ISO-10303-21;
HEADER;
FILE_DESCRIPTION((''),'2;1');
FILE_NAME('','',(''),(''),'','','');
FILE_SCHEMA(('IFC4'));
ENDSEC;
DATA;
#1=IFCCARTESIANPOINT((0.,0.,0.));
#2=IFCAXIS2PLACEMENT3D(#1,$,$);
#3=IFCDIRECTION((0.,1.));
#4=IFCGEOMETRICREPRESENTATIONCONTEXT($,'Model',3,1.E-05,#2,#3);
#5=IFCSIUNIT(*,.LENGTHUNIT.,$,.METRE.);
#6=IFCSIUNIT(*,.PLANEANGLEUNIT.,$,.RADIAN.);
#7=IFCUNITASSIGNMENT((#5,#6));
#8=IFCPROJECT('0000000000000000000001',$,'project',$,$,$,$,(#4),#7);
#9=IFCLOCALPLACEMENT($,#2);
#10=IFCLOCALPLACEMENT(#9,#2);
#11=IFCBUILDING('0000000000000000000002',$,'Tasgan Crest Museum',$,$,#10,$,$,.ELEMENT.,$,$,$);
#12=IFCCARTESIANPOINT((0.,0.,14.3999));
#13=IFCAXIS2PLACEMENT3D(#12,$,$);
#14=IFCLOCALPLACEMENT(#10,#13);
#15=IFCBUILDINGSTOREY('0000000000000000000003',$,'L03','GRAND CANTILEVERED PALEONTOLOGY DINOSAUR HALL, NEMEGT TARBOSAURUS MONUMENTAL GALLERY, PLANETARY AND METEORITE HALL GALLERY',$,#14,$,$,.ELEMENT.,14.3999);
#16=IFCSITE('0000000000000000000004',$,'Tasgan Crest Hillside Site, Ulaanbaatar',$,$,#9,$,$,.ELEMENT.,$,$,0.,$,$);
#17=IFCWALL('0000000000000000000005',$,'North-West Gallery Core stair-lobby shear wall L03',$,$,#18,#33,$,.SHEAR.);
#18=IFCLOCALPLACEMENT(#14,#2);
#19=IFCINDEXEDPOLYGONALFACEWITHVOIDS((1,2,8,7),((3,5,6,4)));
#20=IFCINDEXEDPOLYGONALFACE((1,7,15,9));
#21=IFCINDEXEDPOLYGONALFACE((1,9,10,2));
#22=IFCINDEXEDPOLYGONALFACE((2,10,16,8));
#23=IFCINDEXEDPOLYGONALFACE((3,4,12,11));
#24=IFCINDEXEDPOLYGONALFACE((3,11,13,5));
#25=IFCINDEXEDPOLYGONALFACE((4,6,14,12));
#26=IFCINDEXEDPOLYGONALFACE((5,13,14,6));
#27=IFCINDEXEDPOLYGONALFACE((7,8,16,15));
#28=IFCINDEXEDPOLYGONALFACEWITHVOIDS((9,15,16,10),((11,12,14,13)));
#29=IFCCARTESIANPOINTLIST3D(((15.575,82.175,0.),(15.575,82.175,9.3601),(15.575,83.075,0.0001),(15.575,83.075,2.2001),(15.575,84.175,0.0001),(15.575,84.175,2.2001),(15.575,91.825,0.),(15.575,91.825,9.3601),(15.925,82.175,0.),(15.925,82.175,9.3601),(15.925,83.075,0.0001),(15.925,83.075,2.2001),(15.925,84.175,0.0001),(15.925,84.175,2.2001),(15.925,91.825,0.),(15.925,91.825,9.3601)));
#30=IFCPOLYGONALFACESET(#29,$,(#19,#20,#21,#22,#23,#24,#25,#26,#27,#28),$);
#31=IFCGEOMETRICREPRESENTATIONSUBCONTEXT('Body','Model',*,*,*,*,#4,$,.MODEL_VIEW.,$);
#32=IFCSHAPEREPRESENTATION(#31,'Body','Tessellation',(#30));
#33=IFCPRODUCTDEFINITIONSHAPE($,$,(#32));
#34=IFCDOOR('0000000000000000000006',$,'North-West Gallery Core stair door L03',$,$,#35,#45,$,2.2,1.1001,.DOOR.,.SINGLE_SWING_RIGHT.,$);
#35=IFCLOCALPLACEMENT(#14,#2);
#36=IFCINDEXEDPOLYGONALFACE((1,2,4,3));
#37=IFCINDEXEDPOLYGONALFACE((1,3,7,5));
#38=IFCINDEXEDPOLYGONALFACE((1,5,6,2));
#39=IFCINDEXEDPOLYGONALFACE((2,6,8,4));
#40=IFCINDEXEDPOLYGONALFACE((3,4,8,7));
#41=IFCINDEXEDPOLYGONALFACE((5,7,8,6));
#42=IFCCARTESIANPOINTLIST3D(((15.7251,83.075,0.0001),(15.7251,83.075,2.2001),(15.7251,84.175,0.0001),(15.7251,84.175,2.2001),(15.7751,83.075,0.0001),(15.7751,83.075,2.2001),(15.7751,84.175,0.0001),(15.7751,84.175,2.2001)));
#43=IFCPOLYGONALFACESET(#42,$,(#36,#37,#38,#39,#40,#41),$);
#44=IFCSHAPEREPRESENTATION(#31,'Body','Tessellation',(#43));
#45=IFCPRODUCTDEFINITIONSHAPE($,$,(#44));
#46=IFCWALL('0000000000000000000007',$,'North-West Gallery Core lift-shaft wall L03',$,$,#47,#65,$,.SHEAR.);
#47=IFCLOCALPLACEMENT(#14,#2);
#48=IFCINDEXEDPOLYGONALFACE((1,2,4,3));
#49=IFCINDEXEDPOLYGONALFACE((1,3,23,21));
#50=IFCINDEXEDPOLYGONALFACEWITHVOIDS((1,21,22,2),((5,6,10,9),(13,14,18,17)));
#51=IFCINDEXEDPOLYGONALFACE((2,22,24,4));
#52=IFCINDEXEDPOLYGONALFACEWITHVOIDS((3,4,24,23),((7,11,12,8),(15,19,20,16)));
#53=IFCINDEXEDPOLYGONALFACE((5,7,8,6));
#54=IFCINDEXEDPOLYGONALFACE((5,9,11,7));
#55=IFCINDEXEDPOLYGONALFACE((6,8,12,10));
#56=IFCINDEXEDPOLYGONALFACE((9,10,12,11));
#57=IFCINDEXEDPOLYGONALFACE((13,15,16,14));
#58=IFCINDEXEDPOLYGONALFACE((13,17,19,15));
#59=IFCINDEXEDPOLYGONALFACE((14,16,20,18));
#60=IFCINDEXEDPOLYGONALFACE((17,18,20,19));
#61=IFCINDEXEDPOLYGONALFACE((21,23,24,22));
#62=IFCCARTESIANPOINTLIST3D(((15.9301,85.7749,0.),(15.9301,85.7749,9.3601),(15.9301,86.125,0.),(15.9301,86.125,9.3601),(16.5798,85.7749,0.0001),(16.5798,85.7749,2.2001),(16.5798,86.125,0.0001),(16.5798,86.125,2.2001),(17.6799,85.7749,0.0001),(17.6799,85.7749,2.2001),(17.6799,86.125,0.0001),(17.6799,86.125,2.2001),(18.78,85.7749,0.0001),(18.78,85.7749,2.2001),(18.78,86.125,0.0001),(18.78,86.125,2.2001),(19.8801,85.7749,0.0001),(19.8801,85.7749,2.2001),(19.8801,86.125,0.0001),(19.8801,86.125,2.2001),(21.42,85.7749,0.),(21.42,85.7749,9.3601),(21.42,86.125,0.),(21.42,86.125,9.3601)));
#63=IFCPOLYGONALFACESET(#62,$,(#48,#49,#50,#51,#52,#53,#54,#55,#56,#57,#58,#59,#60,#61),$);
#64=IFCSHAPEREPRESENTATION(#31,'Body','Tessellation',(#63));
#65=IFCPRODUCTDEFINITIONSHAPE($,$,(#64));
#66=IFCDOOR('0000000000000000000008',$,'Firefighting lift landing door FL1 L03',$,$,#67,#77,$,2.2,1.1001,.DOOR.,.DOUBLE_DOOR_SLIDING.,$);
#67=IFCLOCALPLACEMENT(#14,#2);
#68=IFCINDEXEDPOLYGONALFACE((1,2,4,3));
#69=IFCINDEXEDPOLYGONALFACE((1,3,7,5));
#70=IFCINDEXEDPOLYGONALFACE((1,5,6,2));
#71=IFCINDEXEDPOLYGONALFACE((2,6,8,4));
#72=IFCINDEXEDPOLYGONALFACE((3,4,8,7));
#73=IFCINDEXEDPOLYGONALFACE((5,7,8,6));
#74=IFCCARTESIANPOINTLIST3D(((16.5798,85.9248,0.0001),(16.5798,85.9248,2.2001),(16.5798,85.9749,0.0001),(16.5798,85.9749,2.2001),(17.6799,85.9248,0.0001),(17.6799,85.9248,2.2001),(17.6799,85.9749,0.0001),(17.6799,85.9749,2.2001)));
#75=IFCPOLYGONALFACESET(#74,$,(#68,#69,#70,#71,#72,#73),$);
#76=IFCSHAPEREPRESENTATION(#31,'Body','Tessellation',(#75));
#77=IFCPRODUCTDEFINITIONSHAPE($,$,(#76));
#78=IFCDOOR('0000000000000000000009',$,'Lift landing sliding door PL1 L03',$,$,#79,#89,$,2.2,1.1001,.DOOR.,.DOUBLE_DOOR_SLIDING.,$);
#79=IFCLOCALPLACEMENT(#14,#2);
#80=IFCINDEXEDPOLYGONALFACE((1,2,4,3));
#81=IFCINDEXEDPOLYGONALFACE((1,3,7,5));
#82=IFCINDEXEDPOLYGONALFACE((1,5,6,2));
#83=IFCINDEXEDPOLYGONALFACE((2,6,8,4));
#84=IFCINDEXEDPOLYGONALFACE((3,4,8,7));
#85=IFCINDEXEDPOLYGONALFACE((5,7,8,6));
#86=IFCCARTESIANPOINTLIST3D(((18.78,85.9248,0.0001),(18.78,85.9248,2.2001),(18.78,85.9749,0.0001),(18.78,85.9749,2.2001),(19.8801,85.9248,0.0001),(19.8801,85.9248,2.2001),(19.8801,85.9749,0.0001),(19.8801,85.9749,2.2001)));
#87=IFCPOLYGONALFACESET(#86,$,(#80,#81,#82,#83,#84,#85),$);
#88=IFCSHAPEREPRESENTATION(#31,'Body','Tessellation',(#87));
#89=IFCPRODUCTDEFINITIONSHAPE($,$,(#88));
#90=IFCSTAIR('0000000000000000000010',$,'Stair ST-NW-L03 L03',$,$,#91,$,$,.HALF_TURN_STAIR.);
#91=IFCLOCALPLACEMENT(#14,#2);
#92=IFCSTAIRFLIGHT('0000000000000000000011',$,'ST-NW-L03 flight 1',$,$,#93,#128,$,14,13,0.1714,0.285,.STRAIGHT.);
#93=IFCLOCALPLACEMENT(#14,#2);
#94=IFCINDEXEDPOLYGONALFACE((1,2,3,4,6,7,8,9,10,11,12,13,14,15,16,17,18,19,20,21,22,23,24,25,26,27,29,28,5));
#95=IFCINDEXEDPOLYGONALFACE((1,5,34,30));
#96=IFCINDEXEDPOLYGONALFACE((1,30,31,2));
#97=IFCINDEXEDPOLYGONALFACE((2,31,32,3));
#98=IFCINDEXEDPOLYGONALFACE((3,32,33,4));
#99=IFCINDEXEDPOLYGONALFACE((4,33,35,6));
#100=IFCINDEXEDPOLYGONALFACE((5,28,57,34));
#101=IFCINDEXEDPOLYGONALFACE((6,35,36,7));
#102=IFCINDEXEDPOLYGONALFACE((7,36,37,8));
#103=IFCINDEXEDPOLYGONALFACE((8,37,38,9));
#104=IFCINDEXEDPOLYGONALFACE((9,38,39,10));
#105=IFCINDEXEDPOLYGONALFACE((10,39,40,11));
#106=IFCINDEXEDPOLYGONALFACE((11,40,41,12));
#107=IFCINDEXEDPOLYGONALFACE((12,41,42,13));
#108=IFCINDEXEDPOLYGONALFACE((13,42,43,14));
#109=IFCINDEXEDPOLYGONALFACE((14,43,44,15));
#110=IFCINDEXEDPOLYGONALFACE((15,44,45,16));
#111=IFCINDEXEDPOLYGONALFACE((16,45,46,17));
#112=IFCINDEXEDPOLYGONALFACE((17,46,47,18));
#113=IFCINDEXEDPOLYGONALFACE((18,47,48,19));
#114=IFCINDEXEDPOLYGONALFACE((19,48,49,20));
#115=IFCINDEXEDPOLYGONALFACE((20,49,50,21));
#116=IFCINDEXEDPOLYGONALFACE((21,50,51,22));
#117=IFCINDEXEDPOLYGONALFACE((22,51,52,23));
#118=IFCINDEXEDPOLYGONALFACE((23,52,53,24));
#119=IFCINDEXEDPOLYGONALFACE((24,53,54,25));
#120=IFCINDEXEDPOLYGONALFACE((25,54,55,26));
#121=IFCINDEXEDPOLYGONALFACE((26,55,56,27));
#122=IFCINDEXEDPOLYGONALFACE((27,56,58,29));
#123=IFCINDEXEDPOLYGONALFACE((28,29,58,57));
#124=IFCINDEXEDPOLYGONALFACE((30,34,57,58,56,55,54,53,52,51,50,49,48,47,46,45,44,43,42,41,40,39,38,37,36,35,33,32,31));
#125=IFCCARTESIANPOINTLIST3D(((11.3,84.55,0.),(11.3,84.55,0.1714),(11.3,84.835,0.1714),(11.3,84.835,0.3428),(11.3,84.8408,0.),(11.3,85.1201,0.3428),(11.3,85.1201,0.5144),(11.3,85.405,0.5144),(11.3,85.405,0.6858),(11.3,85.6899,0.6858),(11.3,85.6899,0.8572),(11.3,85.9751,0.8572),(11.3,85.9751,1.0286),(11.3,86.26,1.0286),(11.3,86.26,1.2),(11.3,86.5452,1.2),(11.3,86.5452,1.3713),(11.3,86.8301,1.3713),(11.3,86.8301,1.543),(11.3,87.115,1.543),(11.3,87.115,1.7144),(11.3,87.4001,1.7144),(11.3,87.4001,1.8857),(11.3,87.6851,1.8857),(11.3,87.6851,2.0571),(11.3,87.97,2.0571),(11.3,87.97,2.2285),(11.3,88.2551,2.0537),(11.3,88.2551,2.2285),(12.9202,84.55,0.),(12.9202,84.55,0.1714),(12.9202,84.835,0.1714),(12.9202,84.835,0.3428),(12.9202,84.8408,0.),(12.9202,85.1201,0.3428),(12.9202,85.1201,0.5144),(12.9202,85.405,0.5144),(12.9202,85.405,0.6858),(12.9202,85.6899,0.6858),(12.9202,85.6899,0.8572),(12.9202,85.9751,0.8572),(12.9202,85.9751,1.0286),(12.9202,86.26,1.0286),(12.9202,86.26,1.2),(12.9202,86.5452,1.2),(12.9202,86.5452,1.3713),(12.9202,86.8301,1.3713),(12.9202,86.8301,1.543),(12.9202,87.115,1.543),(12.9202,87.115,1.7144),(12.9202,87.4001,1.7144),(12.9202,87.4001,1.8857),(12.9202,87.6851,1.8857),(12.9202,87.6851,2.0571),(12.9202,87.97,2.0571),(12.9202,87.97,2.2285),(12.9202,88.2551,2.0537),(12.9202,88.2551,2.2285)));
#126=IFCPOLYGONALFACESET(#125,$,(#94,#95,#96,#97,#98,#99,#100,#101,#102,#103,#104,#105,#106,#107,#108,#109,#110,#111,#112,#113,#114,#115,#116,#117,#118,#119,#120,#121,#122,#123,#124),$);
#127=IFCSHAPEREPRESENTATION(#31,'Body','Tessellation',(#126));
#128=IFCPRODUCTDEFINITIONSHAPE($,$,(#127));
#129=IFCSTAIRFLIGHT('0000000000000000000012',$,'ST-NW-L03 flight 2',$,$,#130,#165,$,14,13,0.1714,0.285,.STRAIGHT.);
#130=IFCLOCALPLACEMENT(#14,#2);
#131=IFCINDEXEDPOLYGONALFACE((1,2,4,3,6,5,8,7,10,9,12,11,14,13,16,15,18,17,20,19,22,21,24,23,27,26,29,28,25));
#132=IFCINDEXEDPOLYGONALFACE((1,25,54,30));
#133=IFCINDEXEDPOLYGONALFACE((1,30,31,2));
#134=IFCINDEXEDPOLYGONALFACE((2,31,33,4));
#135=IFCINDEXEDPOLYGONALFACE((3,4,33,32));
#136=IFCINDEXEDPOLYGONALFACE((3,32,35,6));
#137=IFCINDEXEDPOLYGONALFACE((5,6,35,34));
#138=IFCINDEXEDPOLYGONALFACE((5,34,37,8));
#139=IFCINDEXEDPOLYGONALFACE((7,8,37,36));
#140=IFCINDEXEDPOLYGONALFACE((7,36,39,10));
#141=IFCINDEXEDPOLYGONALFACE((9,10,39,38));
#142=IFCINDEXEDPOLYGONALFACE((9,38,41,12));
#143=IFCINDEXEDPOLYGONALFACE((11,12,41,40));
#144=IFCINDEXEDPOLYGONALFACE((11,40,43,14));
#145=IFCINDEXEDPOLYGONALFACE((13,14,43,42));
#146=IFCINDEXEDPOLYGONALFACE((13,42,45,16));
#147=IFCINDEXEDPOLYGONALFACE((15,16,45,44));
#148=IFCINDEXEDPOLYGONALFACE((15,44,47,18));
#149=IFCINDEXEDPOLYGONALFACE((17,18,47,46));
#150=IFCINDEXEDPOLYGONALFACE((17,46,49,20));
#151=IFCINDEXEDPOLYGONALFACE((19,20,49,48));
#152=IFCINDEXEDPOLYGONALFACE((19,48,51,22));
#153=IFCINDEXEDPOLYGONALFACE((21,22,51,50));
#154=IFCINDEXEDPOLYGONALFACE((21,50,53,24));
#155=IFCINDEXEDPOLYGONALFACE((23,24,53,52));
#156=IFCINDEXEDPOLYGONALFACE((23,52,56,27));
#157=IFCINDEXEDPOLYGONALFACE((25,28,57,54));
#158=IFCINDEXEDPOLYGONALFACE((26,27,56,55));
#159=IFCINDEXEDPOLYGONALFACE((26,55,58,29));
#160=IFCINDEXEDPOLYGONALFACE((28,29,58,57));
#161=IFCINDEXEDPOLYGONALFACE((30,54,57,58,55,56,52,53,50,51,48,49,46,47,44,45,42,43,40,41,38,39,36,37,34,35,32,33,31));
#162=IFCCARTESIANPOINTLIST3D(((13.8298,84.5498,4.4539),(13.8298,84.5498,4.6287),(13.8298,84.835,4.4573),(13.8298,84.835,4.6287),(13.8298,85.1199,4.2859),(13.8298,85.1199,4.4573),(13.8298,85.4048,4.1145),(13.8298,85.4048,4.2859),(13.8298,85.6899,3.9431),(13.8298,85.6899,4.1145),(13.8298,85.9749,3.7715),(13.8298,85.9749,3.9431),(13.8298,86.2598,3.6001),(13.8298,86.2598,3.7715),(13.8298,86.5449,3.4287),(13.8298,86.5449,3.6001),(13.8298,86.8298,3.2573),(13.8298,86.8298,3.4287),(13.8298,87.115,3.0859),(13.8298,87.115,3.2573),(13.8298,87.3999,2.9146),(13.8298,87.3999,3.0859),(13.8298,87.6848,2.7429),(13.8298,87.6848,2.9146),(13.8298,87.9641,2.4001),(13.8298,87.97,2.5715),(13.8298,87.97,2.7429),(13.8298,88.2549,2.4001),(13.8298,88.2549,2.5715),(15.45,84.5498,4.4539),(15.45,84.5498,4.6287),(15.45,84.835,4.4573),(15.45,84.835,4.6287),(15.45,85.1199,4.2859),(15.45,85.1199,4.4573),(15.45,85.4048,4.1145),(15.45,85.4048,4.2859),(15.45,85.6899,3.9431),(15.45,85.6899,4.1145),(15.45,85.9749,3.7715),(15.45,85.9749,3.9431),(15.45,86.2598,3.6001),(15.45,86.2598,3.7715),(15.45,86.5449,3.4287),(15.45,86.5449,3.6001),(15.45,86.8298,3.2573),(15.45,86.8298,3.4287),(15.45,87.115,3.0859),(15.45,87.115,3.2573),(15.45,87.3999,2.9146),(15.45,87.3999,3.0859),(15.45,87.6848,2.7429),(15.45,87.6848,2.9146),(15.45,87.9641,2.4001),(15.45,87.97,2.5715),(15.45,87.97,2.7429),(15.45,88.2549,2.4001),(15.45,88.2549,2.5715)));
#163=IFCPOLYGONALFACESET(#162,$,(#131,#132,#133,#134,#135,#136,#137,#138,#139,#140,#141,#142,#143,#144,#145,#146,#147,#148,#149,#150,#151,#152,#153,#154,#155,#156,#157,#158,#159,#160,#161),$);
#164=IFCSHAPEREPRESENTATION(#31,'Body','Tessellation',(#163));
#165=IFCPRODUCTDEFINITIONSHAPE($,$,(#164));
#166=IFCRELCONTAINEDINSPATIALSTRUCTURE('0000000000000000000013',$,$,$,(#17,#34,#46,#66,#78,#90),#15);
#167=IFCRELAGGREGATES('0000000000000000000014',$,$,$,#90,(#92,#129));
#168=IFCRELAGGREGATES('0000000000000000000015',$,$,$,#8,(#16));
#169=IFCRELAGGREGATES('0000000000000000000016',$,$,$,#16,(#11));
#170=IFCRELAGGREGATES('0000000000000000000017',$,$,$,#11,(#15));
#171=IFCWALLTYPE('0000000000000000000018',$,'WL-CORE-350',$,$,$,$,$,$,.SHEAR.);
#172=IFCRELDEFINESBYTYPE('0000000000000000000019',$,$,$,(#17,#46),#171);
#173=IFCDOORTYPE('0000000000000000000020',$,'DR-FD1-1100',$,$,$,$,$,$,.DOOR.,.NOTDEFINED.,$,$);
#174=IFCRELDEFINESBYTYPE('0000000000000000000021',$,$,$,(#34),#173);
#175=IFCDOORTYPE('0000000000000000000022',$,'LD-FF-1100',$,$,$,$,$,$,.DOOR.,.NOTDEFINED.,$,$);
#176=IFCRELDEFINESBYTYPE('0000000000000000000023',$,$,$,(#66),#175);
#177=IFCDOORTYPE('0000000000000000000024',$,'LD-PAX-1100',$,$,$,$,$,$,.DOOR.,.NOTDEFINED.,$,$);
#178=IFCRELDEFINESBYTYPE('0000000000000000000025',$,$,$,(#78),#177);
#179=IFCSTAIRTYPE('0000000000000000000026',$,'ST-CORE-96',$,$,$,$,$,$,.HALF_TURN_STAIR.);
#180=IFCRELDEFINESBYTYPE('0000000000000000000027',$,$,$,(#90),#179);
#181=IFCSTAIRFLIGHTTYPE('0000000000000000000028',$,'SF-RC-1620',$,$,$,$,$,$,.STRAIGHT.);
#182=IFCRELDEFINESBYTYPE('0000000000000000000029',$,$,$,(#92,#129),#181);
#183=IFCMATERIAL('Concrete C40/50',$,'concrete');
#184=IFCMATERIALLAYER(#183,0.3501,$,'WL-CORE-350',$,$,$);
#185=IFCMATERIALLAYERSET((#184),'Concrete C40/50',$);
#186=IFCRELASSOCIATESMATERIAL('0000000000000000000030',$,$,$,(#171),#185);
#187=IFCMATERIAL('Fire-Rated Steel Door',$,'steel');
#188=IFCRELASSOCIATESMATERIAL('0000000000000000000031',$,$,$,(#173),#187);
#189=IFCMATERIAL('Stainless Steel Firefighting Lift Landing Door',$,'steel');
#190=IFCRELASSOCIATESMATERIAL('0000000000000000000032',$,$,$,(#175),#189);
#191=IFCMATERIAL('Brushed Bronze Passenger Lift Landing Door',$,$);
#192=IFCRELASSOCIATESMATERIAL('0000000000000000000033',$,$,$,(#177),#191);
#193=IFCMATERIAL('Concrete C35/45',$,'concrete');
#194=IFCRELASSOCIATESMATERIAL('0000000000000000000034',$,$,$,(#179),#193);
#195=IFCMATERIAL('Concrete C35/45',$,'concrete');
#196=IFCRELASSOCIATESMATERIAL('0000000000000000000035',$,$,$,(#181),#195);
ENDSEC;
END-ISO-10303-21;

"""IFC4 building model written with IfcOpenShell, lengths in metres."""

from ifc_helpers import new_model, si_unit, direction, frame, frame_2d, origin, place, context, subcontext, project, spatial, polyline, rectangle, outline, extrude, material, layer, layer_set, type_object, element, fill, aggregate, save


model = new_model("IFC4")

# Units and contexts
model_context = context("Model", 3, precision=1e-05, world=origin(), true_north=direction((0.0, 1.0)))
body_context = subcontext(model_context, "Body", "Model", "MODEL_VIEW")
ifc_project = project(units=[si_unit("LENGTHUNIT", "METRE"), si_unit("PLANEANGLEUNIT", "RADIAN")], contexts=[model_context])

# Site, building, storey
site_placement = place(None, origin())
site = spatial("IfcSite", under=ifc_project, at=site_placement, Name="Tasgan Crest Hillside Site, Ulaanbaatar", CompositionType="ELEMENT", RefElevation=0.0)
building_placement = place(site_placement, origin())
building = spatial("IfcBuilding", under=site, at=building_placement, Name="Tasgan Crest Museum", CompositionType="ELEMENT")
storey_placement = place(building_placement, frame((0.0, 0.0, 14.3999)))
storey = spatial("IfcBuildingStorey", under=building, at=storey_placement, Name="L03", Description="GRAND CANTILEVERED PALEONTOLOGY DINOSAUR HALL, NEMEGT TARBOSAURUS MONUMENTAL GALLERY, PLANETARY AND METEORITE HALL GALLERY", CompositionType="ELEMENT", Elevation=14.3999)

# Shared definitions
ifc_material_1 = material(Name="Concrete C40/50", Category="concrete")
ifc_layer = layer(ifc_material_1, 0.3501, Name="WL-CORE-350")
ifc_layer_set = layer_set([ifc_layer], Name="Concrete C40/50")
wall_type = type_object("IfcWallType", Name="WL-CORE-350", PredefinedType="SHEAR", material=ifc_layer_set)

# Wall, opening, door
wall_1_placement = place(storey_placement, frame((15.75, 82.175, 0.0), z_axis=(0.0, 0.0, 1.0), x_axis=(0.0, 1.0, 0.0)))
wall_1 = element("IfcWall", 1, at=wall_1_placement, inside=storey, type_object=wall_type, Name="North-West Gallery Core stair-lobby shear wall L03", PredefinedType="SHEAR", context=body_context, shape_type="SweptSolid", body=[
    extrude(rectangle(XDim=9.6499, YDim=0.3501, at=frame_2d((4.825, 0.0))), origin(), (0.0, 0.0, 1.0), 9.3601),
])
opening_1_placement = place(wall_1_placement, frame((0.8999, 0.0, 0.0)))
opening_1 = element("IfcOpeningElement", 2, at=opening_1_placement, cuts=wall_1, PredefinedType="OPENING", context=body_context, shape_type="SweptSolid", body=[
    extrude(rectangle(XDim=1.1001, YDim=2.2, at=frame_2d((0.55, 1.1001))), frame((0.0, 0.1851, 0.0), z_axis=(0.0, -1.0, 0.0), x_axis=(1.0, 0.0, 0.0)), (0.0, 0.0, 1.0), 0.3701),
])
ifc_material_2 = material(Name="Fire-Rated Steel Door", Category="steel")
door_type_1 = type_object("IfcDoorType", Name="DR-FD1-1100", OperationType="NOTDEFINED", PredefinedType="DOOR", material=ifc_material_2)
door_1_placement = place(opening_1_placement, origin())
door_1 = element("IfcDoor", 3, at=door_1_placement, inside=storey, type_object=door_type_1, Name="North-West Gallery Core stair door L03", OperationType="SINGLE_SWING_RIGHT", OverallHeight=2.2, OverallWidth=1.1001, PredefinedType="DOOR", context=body_context, shape_type="SweptSolid", body=[
    extrude(rectangle(XDim=1.1001, YDim=2.2, at=frame_2d((0.55, 1.1001))), frame((0.0, 0.0249, 0.0), z_axis=(0.0, -1.0, 0.0), x_axis=(1.0, 0.0, 0.0)), (0.0, 0.0, 1.0), 0.05),
])
fill(opening_1, door_1)

# Wall, openings, doors
wall_2_placement = place(storey_placement, frame((15.9299, 85.95, 0.0), z_axis=(0.0, 0.0, 1.0), x_axis=(1.0, 0.0, 0.0)))
wall_2 = element("IfcWall", 4, at=wall_2_placement, inside=storey, type_object=wall_type, Name="North-West Gallery Core lift-shaft wall L03", PredefinedType="SHEAR", context=body_context, shape_type="SweptSolid", body=[
    extrude(rectangle(XDim=5.49, YDim=0.3501, at=frame_2d((2.7451, 0.0))), origin(), (0.0, 0.0, 1.0), 9.3601),
])
opening_2_placement = place(wall_2_placement, frame((0.6499, 0.0, 0.0)))
opening_2 = element("IfcOpeningElement", 5, at=opening_2_placement, cuts=wall_2, PredefinedType="OPENING", context=body_context, shape_type="SweptSolid", body=[
    extrude(rectangle(XDim=1.1001, YDim=2.2, at=frame_2d((0.55, 1.1001))), frame((0.0, 0.1851, 0.0), z_axis=(0.0, -1.0, 0.0), x_axis=(1.0, 0.0, 0.0)), (0.0, 0.0, 1.0), 0.3701),
])
opening_3_placement = place(wall_2_placement, frame((2.8501, 0.0, 0.0)))
opening_3 = element("IfcOpeningElement", 6, at=opening_3_placement, cuts=wall_2, PredefinedType="OPENING", context=body_context, shape_type="SweptSolid", body=[
    extrude(rectangle(XDim=1.1001, YDim=2.2, at=frame_2d((0.55, 1.1001))), frame((0.0, 0.1851, 0.0), z_axis=(0.0, -1.0, 0.0), x_axis=(1.0, 0.0, 0.0)), (0.0, 0.0, 1.0), 0.3701),
])
ifc_material_3 = material(Name="Stainless Steel Firefighting Lift Landing Door", Category="steel")
door_type_2 = type_object("IfcDoorType", Name="LD-FF-1100", OperationType="NOTDEFINED", PredefinedType="DOOR", material=ifc_material_3)
door_2_placement = place(opening_2_placement, origin())
door_2 = element("IfcDoor", 7, at=door_2_placement, inside=storey, type_object=door_type_2, Name="Firefighting lift landing door FL1 L03", OperationType="DOUBLE_DOOR_SLIDING", OverallHeight=2.2, OverallWidth=1.1001, PredefinedType="DOOR", context=body_context, shape_type="SweptSolid", body=[
    extrude(rectangle(XDim=1.1001, YDim=2.2, at=frame_2d((0.55, 1.1001))), frame((0.0, 0.0249, 0.0), z_axis=(0.0, -1.0, 0.0), x_axis=(1.0, 0.0, 0.0)), (0.0, 0.0, 1.0), 0.05),
])
fill(opening_2, door_2)
ifc_material_4 = material(Name="Brushed Bronze Passenger Lift Landing Door")
door_type_3 = type_object("IfcDoorType", Name="LD-PAX-1100", OperationType="NOTDEFINED", PredefinedType="DOOR", material=ifc_material_4)
door_3_placement = place(opening_3_placement, origin())
door_3 = element("IfcDoor", 8, at=door_3_placement, inside=storey, type_object=door_type_3, Name="Lift landing sliding door PL1 L03", OperationType="DOUBLE_DOOR_SLIDING", OverallHeight=2.2, OverallWidth=1.1001, PredefinedType="DOOR", context=body_context, shape_type="SweptSolid", body=[
    extrude(rectangle(XDim=1.1001, YDim=2.2, at=frame_2d((0.55, 1.1001))), frame((0.0, 0.0249, 0.0), z_axis=(0.0, -1.0, 0.0), x_axis=(1.0, 0.0, 0.0)), (0.0, 0.0, 1.0), 0.05),
])
fill(opening_3, door_3)

# Stair, stair flights
ifc_material_5 = material(Name="Concrete C35/45", Category="concrete")
stair_type = type_object("IfcStairType", Name="ST-CORE-96", PredefinedType="HALF_TURN_STAIR", material=ifc_material_5)
stair_placement = place(storey_placement, origin())
stair = element("IfcStair", 9, at=stair_placement, inside=storey, type_object=stair_type, Name="Stair ST-NW-L03 L03", PredefinedType="HALF_TURN_STAIR")
ifc_material_6 = material(Name="Concrete C35/45", Category="concrete")
stair_flight_type = type_object("IfcStairFlightType", Name="SF-RC-1620", PredefinedType="STRAIGHT", material=ifc_material_6)
stair_flight_1_placement = place(storey_placement, frame((12.1101, 84.55, 0.0), z_axis=(0.0, 0.0, 1.0), x_axis=(0.0, 1.0, 0.0)))
stair_flight_1 = element("IfcStairFlight", 10, at=stair_flight_1_placement, type_object=stair_flight_type, Name="ST-NW-L03 flight 1", NumberOfRisers=14, NumberOfTreads=13, PredefinedType="STRAIGHT", RiserHeight=0.1714, TreadLength=0.285, context=body_context, shape_type="SweptSolid", body=[
    extrude(outline(polyline([(0.0, 0.0), (0.0, 0.1714), (0.2849, 0.1714), (0.2849, 0.3428), (0.5701, 0.3428), (0.5701, 0.5144), (0.855, 0.5144), (0.855, 0.6858), (1.1399, 0.6858), (1.1399, 0.8572), (1.425, 0.8572), (1.425, 1.0286), (1.71, 1.0286), (1.71, 1.2), (1.9951, 1.2), (1.9951, 1.3713), (2.28, 1.3713), (2.28, 1.543), (2.5649, 1.543), (2.5649, 1.7144), (2.8501, 1.7144), (2.8501, 1.8857), (3.135, 1.8857), (3.135, 2.0571), (3.4199, 2.0571), (3.4199, 2.2285), (3.7051, 2.2285), (3.7051, 2.3999), (3.7051, 2.0537), (0.2908, 0.0), (0.0, 0.0)])), frame((0.0, 0.8101, 0.0), z_axis=(0.0, -1.0, 0.0), x_axis=(1.0, 0.0, 0.0)), (0.0, 0.0, 1.0), 1.6201),
])
stair_flight_2_placement = place(storey_placement, frame((14.6399, 88.2549, 2.4001), z_axis=(0.0, 0.0, 1.0), x_axis=(0.0, -1.0, 0.0)))
stair_flight_2 = element("IfcStairFlight", 11, at=stair_flight_2_placement, type_object=stair_flight_type, Name="ST-NW-L03 flight 2", NumberOfRisers=14, NumberOfTreads=13, PredefinedType="STRAIGHT", RiserHeight=0.1714, TreadLength=0.285, context=body_context, shape_type="SweptSolid", body=[
    extrude(outline(polyline([(0.0, 0.0), (0.0, 0.1714), (0.2849, 0.1714), (0.2849, 0.3428), (0.5701, 0.3428), (0.5701, 0.5144), (0.855, 0.5144), (0.855, 0.6858), (1.1399, 0.6858), (1.1399, 0.8572), (1.425, 0.8572), (1.425, 1.0286), (1.71, 1.0286), (1.71, 1.2), (1.9951, 1.2), (1.9951, 1.3713), (2.28, 1.3713), (2.28, 1.543), (2.5649, 1.543), (2.5649, 1.7144), (2.8501, 1.7144), (2.8501, 1.8857), (3.135, 1.8857), (3.135, 2.0571), (3.4199, 2.0571), (3.4199, 2.2285), (3.7051, 2.2285), (3.7051, 2.3999), (3.7051, 2.0537), (0.2908, 0.0), (0.0, 0.0)])), frame((0.0, 0.8101, 0.0), z_axis=(0.0, -1.0, 0.0), x_axis=(1.0, 0.0, 0.0)), (0.0, 0.0, 1.0), 1.6201),
])
aggregate(stair, [stair_flight_1, stair_flight_2])

save(model, "model.ifc")
